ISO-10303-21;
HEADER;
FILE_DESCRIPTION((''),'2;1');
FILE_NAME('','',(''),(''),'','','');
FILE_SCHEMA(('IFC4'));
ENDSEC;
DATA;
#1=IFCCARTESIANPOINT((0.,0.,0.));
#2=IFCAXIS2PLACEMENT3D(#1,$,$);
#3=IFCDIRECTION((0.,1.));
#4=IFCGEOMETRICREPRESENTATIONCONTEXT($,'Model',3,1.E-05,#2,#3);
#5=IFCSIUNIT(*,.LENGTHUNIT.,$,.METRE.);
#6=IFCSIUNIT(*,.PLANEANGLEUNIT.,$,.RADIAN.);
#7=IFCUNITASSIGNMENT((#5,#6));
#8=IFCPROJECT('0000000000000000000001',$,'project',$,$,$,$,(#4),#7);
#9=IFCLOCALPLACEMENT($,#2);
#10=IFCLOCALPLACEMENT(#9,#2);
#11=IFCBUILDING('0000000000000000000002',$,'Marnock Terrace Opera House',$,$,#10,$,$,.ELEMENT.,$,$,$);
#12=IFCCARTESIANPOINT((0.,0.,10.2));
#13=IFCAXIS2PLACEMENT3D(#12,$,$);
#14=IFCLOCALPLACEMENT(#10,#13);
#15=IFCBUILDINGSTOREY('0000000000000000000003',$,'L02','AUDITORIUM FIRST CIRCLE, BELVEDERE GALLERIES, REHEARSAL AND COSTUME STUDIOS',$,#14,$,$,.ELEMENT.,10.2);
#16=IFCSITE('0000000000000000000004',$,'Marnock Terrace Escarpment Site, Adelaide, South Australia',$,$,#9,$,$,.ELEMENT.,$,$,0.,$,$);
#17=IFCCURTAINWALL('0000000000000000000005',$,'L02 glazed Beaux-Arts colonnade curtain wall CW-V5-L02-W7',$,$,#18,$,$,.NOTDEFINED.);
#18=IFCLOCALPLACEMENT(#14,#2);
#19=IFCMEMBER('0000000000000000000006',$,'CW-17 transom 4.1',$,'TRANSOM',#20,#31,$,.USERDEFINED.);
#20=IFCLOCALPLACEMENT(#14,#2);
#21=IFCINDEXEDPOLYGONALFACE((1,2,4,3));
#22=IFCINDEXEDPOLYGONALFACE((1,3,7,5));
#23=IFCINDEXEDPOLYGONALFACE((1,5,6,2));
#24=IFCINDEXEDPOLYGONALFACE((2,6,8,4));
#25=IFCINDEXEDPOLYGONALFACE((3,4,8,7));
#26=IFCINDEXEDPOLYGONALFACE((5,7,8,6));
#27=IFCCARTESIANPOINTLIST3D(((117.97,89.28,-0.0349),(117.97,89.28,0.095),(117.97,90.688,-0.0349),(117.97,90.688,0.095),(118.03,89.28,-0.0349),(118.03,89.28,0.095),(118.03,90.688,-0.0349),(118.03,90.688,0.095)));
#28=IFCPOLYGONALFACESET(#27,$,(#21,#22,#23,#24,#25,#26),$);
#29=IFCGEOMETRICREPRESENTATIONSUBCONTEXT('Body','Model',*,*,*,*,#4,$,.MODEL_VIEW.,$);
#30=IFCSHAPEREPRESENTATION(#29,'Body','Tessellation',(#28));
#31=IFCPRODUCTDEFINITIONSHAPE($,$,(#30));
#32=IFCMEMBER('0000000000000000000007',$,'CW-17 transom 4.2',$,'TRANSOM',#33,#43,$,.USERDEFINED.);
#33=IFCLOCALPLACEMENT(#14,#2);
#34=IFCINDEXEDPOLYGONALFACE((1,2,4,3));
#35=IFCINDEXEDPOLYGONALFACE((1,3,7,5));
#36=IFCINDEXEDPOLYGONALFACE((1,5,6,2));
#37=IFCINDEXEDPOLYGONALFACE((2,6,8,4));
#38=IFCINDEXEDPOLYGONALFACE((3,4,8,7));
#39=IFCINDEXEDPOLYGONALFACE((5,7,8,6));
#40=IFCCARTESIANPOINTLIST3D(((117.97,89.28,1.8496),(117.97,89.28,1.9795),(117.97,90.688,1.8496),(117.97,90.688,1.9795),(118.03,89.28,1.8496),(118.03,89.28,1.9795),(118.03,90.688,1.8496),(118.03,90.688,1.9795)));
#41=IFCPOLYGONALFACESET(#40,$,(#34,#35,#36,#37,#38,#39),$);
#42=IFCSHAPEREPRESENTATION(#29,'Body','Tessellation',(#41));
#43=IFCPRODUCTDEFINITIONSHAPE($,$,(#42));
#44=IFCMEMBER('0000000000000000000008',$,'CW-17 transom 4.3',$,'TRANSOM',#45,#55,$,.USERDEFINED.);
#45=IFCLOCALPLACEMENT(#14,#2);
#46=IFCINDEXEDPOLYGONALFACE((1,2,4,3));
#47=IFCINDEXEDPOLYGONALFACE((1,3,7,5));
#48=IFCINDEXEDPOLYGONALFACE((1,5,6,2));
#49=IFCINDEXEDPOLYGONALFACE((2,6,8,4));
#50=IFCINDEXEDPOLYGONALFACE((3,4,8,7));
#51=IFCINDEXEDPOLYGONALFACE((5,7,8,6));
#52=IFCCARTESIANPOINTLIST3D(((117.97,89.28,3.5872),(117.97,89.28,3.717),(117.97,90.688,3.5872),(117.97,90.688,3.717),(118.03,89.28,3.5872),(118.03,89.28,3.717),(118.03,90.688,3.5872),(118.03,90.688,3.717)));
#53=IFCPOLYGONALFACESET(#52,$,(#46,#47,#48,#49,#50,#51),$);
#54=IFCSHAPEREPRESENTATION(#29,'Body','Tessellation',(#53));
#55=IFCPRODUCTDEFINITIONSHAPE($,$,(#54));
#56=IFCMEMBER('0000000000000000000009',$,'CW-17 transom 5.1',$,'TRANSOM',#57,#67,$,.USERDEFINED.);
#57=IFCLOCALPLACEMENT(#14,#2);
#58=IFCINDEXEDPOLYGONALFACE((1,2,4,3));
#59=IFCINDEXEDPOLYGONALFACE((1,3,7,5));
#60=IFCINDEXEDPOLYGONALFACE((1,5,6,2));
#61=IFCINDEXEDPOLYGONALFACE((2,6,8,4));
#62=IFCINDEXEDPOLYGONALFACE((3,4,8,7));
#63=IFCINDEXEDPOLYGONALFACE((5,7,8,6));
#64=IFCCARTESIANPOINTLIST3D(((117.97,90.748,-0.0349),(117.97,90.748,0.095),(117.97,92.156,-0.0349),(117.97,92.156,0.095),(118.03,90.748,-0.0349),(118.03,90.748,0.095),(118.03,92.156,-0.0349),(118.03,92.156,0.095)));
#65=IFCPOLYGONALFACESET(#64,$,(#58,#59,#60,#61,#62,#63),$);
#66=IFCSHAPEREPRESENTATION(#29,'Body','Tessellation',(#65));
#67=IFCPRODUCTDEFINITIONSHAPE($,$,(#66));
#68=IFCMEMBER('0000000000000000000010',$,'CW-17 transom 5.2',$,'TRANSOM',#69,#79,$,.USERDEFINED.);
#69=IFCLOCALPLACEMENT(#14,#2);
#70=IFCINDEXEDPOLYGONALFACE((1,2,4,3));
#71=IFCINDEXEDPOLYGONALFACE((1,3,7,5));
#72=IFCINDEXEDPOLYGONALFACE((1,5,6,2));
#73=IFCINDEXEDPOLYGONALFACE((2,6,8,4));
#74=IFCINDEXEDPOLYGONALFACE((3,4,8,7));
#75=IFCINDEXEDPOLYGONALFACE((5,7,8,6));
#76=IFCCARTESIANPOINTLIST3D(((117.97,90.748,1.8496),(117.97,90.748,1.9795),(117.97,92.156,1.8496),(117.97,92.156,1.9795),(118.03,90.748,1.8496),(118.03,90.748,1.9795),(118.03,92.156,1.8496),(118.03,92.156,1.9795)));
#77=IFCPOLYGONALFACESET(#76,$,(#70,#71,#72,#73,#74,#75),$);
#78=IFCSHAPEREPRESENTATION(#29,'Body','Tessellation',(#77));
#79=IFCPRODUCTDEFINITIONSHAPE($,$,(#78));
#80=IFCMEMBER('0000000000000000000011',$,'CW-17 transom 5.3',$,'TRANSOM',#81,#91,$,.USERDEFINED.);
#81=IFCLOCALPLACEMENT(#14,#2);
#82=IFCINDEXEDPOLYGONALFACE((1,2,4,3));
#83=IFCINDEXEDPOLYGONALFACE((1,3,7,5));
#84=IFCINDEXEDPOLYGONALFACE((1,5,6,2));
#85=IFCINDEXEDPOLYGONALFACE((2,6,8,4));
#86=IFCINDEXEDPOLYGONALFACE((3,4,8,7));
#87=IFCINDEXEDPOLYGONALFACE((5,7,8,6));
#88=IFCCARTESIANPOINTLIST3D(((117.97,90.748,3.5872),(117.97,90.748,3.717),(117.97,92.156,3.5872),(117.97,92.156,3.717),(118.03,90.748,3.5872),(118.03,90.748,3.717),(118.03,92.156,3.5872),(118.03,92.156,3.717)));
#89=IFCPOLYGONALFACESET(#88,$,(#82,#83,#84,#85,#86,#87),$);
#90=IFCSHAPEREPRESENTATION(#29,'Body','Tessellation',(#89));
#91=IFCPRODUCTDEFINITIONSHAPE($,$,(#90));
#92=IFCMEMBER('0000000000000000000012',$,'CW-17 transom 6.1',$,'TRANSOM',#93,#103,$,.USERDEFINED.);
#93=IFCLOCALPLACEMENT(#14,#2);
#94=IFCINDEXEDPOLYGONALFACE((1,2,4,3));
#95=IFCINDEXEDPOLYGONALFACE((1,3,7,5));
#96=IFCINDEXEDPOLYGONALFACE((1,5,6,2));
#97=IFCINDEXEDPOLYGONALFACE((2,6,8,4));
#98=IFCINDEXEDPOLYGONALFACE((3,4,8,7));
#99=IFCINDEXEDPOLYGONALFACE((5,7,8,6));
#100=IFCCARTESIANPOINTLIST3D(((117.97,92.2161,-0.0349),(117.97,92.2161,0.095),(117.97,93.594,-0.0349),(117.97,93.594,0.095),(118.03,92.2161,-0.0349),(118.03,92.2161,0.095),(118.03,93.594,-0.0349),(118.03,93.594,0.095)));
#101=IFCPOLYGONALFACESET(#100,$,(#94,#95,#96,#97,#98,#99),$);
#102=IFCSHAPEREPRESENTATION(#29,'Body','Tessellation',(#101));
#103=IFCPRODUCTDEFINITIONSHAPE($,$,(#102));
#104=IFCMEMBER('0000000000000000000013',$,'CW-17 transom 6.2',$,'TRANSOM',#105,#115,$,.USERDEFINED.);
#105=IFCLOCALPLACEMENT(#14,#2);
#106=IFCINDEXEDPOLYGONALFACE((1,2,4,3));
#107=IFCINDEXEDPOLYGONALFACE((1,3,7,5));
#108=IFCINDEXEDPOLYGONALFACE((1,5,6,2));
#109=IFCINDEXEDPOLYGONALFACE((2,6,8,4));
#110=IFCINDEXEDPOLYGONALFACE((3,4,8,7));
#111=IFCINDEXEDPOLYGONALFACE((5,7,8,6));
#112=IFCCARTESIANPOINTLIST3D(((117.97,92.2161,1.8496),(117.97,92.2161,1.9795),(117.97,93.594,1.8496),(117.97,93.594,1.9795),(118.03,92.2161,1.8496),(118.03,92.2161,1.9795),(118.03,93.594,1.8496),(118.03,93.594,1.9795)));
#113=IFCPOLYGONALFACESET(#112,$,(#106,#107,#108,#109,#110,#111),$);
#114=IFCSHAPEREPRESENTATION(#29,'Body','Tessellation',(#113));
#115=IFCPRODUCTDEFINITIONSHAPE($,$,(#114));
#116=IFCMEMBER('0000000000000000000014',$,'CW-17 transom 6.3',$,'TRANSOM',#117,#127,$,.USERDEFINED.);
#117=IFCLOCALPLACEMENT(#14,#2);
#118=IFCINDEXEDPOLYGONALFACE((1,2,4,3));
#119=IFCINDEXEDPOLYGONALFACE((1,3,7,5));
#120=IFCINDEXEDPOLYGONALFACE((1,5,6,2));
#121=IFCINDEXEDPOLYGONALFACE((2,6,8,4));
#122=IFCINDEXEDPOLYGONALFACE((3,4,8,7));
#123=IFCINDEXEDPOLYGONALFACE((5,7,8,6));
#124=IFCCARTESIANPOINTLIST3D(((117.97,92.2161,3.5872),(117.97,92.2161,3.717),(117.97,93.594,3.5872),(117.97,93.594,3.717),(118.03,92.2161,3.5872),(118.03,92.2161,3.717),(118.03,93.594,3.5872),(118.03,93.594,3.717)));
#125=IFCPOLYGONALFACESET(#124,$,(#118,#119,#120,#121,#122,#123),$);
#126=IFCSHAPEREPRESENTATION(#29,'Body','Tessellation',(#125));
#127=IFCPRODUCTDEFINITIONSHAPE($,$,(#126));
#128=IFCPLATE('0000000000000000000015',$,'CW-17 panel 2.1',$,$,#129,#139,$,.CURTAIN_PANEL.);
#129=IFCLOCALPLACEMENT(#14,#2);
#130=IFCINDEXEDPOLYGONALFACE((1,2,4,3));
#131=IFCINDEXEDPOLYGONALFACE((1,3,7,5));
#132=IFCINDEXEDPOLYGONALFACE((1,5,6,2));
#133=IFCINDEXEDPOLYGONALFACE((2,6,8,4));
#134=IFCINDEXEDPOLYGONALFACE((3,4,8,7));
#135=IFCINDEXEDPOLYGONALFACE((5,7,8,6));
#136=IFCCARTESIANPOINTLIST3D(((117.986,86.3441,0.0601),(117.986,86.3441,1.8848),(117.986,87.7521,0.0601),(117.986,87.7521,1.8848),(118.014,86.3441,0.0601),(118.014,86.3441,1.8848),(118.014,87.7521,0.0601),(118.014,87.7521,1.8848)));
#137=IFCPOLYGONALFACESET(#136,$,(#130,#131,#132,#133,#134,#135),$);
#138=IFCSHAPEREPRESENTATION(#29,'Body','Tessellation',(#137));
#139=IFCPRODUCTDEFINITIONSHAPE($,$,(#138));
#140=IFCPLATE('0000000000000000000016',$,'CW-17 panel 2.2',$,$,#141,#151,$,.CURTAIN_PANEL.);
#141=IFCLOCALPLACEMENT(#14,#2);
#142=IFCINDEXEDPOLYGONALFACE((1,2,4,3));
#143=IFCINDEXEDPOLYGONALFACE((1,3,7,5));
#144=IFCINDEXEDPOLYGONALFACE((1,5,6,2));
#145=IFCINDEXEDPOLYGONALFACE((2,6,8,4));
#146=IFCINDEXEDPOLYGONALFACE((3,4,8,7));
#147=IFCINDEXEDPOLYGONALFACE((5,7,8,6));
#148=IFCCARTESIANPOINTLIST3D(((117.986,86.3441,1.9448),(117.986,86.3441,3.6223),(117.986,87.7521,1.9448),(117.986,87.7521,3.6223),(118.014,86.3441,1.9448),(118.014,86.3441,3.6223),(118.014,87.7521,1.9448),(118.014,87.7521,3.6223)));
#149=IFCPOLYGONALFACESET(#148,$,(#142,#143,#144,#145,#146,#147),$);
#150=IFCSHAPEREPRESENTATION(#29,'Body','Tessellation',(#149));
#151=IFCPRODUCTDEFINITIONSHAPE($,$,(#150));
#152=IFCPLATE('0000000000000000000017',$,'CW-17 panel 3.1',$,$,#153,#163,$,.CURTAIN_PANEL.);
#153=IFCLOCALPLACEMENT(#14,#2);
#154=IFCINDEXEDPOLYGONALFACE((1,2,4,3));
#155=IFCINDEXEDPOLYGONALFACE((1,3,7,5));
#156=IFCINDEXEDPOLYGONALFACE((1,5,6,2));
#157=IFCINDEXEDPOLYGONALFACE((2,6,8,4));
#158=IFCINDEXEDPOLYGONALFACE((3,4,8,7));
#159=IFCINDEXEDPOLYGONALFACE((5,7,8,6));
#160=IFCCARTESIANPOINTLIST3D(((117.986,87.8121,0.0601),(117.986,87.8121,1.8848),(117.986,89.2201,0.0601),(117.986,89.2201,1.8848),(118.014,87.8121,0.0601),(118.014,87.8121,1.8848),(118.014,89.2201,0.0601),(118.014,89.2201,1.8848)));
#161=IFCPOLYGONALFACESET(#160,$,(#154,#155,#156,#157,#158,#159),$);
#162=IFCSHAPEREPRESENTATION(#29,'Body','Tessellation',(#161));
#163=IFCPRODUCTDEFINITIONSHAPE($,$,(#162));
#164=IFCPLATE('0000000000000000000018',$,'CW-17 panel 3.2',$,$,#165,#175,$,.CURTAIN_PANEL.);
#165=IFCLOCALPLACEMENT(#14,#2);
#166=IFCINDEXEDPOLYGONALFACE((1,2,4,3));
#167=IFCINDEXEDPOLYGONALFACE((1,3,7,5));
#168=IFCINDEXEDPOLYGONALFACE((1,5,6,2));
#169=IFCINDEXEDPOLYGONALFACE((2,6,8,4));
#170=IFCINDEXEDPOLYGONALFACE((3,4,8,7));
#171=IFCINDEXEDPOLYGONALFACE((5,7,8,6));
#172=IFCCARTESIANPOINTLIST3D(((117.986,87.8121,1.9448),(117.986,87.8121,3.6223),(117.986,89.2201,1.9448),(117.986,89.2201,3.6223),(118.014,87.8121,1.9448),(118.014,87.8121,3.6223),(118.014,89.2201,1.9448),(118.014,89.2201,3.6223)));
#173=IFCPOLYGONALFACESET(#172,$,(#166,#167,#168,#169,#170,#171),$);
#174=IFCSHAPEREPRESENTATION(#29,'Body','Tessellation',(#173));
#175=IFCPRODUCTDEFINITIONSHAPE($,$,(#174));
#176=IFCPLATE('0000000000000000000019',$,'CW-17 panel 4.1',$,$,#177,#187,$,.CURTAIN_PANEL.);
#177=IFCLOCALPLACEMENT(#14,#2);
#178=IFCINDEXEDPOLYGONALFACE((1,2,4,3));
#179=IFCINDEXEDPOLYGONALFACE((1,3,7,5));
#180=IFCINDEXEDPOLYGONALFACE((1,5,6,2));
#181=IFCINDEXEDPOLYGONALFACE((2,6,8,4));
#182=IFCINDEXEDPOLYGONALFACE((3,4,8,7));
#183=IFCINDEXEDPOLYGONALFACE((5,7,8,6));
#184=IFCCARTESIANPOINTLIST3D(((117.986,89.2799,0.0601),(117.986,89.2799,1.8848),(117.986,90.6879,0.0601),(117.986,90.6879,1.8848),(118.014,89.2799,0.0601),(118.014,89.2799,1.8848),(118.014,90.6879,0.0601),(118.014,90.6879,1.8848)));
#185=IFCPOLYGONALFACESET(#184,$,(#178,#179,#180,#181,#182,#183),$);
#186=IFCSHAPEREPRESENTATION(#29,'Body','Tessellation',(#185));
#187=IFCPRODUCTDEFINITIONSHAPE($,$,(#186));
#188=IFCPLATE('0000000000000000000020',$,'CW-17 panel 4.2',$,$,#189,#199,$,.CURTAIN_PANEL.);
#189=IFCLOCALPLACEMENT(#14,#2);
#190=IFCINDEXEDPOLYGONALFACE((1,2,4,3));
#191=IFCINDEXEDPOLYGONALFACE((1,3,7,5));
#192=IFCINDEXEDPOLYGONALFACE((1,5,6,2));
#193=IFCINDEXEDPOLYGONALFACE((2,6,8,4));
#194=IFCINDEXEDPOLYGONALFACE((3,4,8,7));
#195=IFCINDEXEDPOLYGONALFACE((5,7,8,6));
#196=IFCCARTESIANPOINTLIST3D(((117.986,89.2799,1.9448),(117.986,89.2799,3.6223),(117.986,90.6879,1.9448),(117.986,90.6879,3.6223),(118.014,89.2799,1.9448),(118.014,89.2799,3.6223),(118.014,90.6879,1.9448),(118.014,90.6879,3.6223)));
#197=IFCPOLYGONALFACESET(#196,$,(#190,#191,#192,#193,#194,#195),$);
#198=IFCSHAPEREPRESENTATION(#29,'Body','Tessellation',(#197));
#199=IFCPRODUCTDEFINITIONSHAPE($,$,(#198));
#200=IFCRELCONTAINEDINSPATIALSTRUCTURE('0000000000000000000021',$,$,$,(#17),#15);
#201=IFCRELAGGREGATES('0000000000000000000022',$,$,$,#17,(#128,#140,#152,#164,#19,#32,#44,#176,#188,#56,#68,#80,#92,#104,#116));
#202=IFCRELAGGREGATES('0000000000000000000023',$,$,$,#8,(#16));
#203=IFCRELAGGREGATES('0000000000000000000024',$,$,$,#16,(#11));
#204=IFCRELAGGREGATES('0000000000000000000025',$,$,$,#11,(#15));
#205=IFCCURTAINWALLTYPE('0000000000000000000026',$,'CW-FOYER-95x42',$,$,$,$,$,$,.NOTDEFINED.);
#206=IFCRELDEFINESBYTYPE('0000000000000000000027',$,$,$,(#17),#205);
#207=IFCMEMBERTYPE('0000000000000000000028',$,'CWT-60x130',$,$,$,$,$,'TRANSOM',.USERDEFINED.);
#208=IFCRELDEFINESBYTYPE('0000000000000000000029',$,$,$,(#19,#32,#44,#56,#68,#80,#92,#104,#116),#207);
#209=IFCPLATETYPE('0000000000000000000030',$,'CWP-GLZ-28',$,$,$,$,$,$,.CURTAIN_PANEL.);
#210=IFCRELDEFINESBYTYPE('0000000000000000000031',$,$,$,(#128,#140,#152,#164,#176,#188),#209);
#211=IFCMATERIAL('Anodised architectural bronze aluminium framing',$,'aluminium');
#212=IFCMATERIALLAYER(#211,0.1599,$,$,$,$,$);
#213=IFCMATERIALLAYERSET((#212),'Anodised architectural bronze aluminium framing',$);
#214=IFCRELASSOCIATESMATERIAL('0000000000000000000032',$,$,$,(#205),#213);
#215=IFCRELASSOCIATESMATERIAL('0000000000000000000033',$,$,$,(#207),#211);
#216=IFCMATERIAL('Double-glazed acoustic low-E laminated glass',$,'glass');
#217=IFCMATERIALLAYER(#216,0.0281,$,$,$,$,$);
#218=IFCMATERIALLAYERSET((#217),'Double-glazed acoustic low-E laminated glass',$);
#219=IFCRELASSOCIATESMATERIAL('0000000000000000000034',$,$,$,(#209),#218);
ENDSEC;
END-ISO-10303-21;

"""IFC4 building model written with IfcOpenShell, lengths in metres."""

from ifc_helpers import new_model, si_unit, direction, frame, origin, origin_2d, place, context, subcontext, project, spatial, rectangle, extrude, material, layer, layer_set, material_profile, profile_set, type_object, element, aggregate, save


model = new_model("IFC4")

# Units and contexts
model_context = context("Model", 3, precision=1e-05, world=origin(), true_north=direction((0.0, 1.0)))
body_context = subcontext(model_context, "Body", "Model", "MODEL_VIEW")
ifc_project = project(units=[si_unit("LENGTHUNIT", "METRE"), si_unit("PLANEANGLEUNIT", "RADIAN")], contexts=[model_context])

# Site, building, storey
site_placement = place(None, origin())
site = spatial("IfcSite", under=ifc_project, at=site_placement, Name="Marnock Terrace Escarpment Site, Adelaide, South Australia", CompositionType="ELEMENT", RefElevation=0.0)
building_placement = place(site_placement, origin())
building = spatial("IfcBuilding", under=site, at=building_placement, Name="Marnock Terrace Opera House", CompositionType="ELEMENT")
storey_placement = place(building_placement, frame((0.0, 0.0, 10.2)))
storey = spatial("IfcBuildingStorey", under=building, at=storey_placement, Name="L02", Description="AUDITORIUM FIRST CIRCLE, BELVEDERE GALLERIES, REHEARSAL AND COSTUME STUDIOS", CompositionType="ELEMENT", Elevation=10.2)

# Curtain wall, members, plates
ifc_material_1 = material(Name="Anodised architectural bronze aluminium framing", Category="aluminium")
ifc_layer_1 = layer(ifc_material_1, 0.1599)
ifc_layer_set_1 = layer_set([ifc_layer_1], Name="Anodised architectural bronze aluminium framing")
curtain_wall_type = type_object("IfcCurtainWallType", Name="CW-FOYER-95x42", PredefinedType="NOTDEFINED", material=ifc_layer_set_1)
curtain_wall_placement = place(storey_placement, origin())
curtain_wall = element("IfcCurtainWall", 1, at=curtain_wall_placement, inside=storey, type_object=curtain_wall_type, Name="L02 glazed Beaux-Arts colonnade curtain wall CW-V5-L02-W7", PredefinedType="NOTDEFINED")
ifc_material_profile_1 = material_profile(ifc_material_1, rectangle(XDim=0.0601, YDim=0.1299, at=origin_2d()))
ifc_profile_set_1 = profile_set([ifc_material_profile_1], Name="Anodised architectural bronze aluminium framing")
member_type_1 = type_object("IfcMemberType", Name="CWT-60x130", ElementType="TRANSOM", PredefinedType="USERDEFINED", material=ifc_profile_set_1)
member_1_placement = place(storey_placement, frame((118.0, 89.28, 0.03), z_axis=(0.0, 1.0, 0.0), x_axis=(-1.0, 0.0, 0.0)))
member_1 = element("IfcMember", 2, at=member_1_placement, type_object=member_type_1, Name="CW-17 transom 4.1", ObjectType="TRANSOM", PredefinedType="USERDEFINED", context=body_context, shape_type="SweptSolid", body=[
    extrude(rectangle(XDim=0.0601, YDim=0.1299, at=origin_2d()), origin(), (0.0, 0.0, 1.0), 1.408),
])
member_2_placement = place(storey_placement, frame((118.0, 89.28, 1.9146), z_axis=(0.0, 1.0, 0.0), x_axis=(-1.0, 0.0, 0.0)))
member_2 = element("IfcMember", 3, at=member_2_placement, type_object=member_type_1, Name="CW-17 transom 4.2", ObjectType="TRANSOM", PredefinedType="USERDEFINED", context=body_context, shape_type="SweptSolid", body=[
    extrude(rectangle(XDim=0.0601, YDim=0.1299, at=origin_2d()), origin(), (0.0, 0.0, 1.0), 1.408),
])
member_3_placement = place(storey_placement, frame((118.0, 89.28, 3.6521), z_axis=(0.0, 1.0, 0.0), x_axis=(-1.0, 0.0, 0.0)))
member_3 = element("IfcMember", 4, at=member_3_placement, type_object=member_type_1, Name="CW-17 transom 4.3", ObjectType="TRANSOM", PredefinedType="USERDEFINED", context=body_context, shape_type="SweptSolid", body=[
    extrude(rectangle(XDim=0.0601, YDim=0.1299, at=origin_2d()), origin(), (0.0, 0.0, 1.0), 1.408),
])
member_4_placement = place(storey_placement, frame((118.0, 90.748, 0.03), z_axis=(0.0, 1.0, 0.0), x_axis=(-1.0, 0.0, 0.0)))
member_4 = element("IfcMember", 5, at=member_4_placement, type_object=member_type_1, Name="CW-17 transom 5.1", ObjectType="TRANSOM", PredefinedType="USERDEFINED", context=body_context, shape_type="SweptSolid", body=[
    extrude(rectangle(XDim=0.0601, YDim=0.1299, at=origin_2d()), origin(), (0.0, 0.0, 1.0), 1.408),
])
member_5_placement = place(storey_placement, frame((118.0, 90.748, 1.9146), z_axis=(0.0, 1.0, 0.0), x_axis=(-1.0, 0.0, 0.0)))
member_5 = element("IfcMember", 6, at=member_5_placement, type_object=member_type_1, Name="CW-17 transom 5.2", ObjectType="TRANSOM", PredefinedType="USERDEFINED", context=body_context, shape_type="SweptSolid", body=[
    extrude(rectangle(XDim=0.0601, YDim=0.1299, at=origin_2d()), origin(), (0.0, 0.0, 1.0), 1.408),
])
member_6_placement = place(storey_placement, frame((118.0, 90.748, 3.6521), z_axis=(0.0, 1.0, 0.0), x_axis=(-1.0, 0.0, 0.0)))
member_6 = element("IfcMember", 7, at=member_6_placement, type_object=member_type_1, Name="CW-17 transom 5.3", ObjectType="TRANSOM", PredefinedType="USERDEFINED", context=body_context, shape_type="SweptSolid", body=[
    extrude(rectangle(XDim=0.0601, YDim=0.1299, at=origin_2d()), origin(), (0.0, 0.0, 1.0), 1.408),
])
member_7_placement = place(storey_placement, frame((118.0, 92.2161, 0.03), z_axis=(0.0, 1.0, 0.0), x_axis=(-1.0, 0.0, 0.0)))
member_7 = element("IfcMember", 8, at=member_7_placement, type_object=member_type_1, Name="CW-17 transom 6.1", ObjectType="TRANSOM", PredefinedType="USERDEFINED", context=body_context, shape_type="SweptSolid", body=[
    extrude(rectangle(XDim=0.0601, YDim=0.1299, at=origin_2d()), origin(), (0.0, 0.0, 1.0), 1.3779),
])
member_8_placement = place(storey_placement, frame((118.0, 92.2161, 1.9146), z_axis=(0.0, 1.0, 0.0), x_axis=(-1.0, 0.0, 0.0)))
member_8 = element("IfcMember", 9, at=member_8_placement, type_object=member_type_1, Name="CW-17 transom 6.2", ObjectType="TRANSOM", PredefinedType="USERDEFINED", context=body_context, shape_type="SweptSolid", body=[
    extrude(rectangle(XDim=0.0601, YDim=0.1299, at=origin_2d()), origin(), (0.0, 0.0, 1.0), 1.3779),
])
member_9_placement = place(storey_placement, frame((118.0, 92.2161, 3.6521), z_axis=(0.0, 1.0, 0.0), x_axis=(-1.0, 0.0, 0.0)))
member_9 = element("IfcMember", 10, at=member_9_placement, type_object=member_type_1, Name="CW-17 transom 6.3", ObjectType="TRANSOM", PredefinedType="USERDEFINED", context=body_context, shape_type="SweptSolid", body=[
    extrude(rectangle(XDim=0.0601, YDim=0.1299, at=origin_2d()), origin(), (0.0, 0.0, 1.0), 1.3779),
])
ifc_material_2 = material(Name="Double-glazed acoustic low-E laminated glass", Category="glass")
ifc_layer_2 = layer(ifc_material_2, 0.0281)
ifc_layer_set_2 = layer_set([ifc_layer_2], Name="Double-glazed acoustic low-E laminated glass")
plate_type = type_object("IfcPlateType", Name="CWP-GLZ-28", PredefinedType="CURTAIN_PANEL", material=ifc_layer_set_2)
plate_1_placement = place(storey_placement, frame((118.0, 87.0481, 0.0601), z_axis=(0.0, 0.0, 1.0), x_axis=(0.0, 1.0, 0.0)))
plate_1 = element("IfcPlate", 11, at=plate_1_placement, type_object=plate_type, Name="CW-17 panel 2.1", PredefinedType="CURTAIN_PANEL", context=body_context, shape_type="SweptSolid", body=[
    extrude(rectangle(XDim=1.408, YDim=0.0281, at=origin_2d()), origin(), (0.0, 0.0, 1.0), 1.8247),
])
plate_2_placement = place(storey_placement, frame((118.0, 87.0481, 1.9448), z_axis=(0.0, 0.0, 1.0), x_axis=(0.0, 1.0, 0.0)))
plate_2 = element("IfcPlate", 12, at=plate_2_placement, type_object=plate_type, Name="CW-17 panel 2.2", PredefinedType="CURTAIN_PANEL", context=body_context, shape_type="SweptSolid", body=[
    extrude(rectangle(XDim=1.408, YDim=0.0281, at=origin_2d()), origin(), (0.0, 0.0, 1.0), 1.6775),
])
plate_3_placement = place(storey_placement, frame((118.0, 88.5161, 0.0601), z_axis=(0.0, 0.0, 1.0), x_axis=(0.0, 1.0, 0.0)))
plate_3 = element("IfcPlate", 13, at=plate_3_placement, type_object=plate_type, Name="CW-17 panel 3.1", PredefinedType="CURTAIN_PANEL", context=body_context, shape_type="SweptSolid", body=[
    extrude(rectangle(XDim=1.408, YDim=0.0281, at=origin_2d()), origin(), (0.0, 0.0, 1.0), 1.8247),
])
plate_4_placement = place(storey_placement, frame((118.0, 88.5161, 1.9448), z_axis=(0.0, 0.0, 1.0), x_axis=(0.0, 1.0, 0.0)))
plate_4 = element("IfcPlate", 14, at=plate_4_placement, type_object=plate_type, Name="CW-17 panel 3.2", PredefinedType="CURTAIN_PANEL", context=body_context, shape_type="SweptSolid", body=[
    extrude(rectangle(XDim=1.408, YDim=0.0281, at=origin_2d()), origin(), (0.0, 0.0, 1.0), 1.6775),
])
plate_5_placement = place(storey_placement, frame((118.0, 89.9839, 0.0601), z_axis=(0.0, 0.0, 1.0), x_axis=(0.0, 1.0, 0.0)))
plate_5 = element("IfcPlate", 15, at=plate_5_placement, type_object=plate_type, Name="CW-17 panel 4.1", PredefinedType="CURTAIN_PANEL", context=body_context, shape_type="SweptSolid", body=[
    extrude(rectangle(XDim=1.408, YDim=0.0281, at=origin_2d()), origin(), (0.0, 0.0, 1.0), 1.8247),
])
plate_6_placement = place(storey_placement, frame((118.0, 89.9839, 1.9448), z_axis=(0.0, 0.0, 1.0), x_axis=(0.0, 1.0, 0.0)))
plate_6 = element("IfcPlate", 16, at=plate_6_placement, type_object=plate_type, Name="CW-17 panel 4.2", PredefinedType="CURTAIN_PANEL", context=body_context, shape_type="SweptSolid", body=[
    extrude(rectangle(XDim=1.408, YDim=0.0281, at=origin_2d()), origin(), (0.0, 0.0, 1.0), 1.6775),
])
aggregate(curtain_wall, [plate_1, plate_2, plate_3, plate_4, member_1, member_2, member_3, plate_5, plate_6, member_4, member_5, member_6, member_7, member_8, member_9])

save(model, "model.ifc")
